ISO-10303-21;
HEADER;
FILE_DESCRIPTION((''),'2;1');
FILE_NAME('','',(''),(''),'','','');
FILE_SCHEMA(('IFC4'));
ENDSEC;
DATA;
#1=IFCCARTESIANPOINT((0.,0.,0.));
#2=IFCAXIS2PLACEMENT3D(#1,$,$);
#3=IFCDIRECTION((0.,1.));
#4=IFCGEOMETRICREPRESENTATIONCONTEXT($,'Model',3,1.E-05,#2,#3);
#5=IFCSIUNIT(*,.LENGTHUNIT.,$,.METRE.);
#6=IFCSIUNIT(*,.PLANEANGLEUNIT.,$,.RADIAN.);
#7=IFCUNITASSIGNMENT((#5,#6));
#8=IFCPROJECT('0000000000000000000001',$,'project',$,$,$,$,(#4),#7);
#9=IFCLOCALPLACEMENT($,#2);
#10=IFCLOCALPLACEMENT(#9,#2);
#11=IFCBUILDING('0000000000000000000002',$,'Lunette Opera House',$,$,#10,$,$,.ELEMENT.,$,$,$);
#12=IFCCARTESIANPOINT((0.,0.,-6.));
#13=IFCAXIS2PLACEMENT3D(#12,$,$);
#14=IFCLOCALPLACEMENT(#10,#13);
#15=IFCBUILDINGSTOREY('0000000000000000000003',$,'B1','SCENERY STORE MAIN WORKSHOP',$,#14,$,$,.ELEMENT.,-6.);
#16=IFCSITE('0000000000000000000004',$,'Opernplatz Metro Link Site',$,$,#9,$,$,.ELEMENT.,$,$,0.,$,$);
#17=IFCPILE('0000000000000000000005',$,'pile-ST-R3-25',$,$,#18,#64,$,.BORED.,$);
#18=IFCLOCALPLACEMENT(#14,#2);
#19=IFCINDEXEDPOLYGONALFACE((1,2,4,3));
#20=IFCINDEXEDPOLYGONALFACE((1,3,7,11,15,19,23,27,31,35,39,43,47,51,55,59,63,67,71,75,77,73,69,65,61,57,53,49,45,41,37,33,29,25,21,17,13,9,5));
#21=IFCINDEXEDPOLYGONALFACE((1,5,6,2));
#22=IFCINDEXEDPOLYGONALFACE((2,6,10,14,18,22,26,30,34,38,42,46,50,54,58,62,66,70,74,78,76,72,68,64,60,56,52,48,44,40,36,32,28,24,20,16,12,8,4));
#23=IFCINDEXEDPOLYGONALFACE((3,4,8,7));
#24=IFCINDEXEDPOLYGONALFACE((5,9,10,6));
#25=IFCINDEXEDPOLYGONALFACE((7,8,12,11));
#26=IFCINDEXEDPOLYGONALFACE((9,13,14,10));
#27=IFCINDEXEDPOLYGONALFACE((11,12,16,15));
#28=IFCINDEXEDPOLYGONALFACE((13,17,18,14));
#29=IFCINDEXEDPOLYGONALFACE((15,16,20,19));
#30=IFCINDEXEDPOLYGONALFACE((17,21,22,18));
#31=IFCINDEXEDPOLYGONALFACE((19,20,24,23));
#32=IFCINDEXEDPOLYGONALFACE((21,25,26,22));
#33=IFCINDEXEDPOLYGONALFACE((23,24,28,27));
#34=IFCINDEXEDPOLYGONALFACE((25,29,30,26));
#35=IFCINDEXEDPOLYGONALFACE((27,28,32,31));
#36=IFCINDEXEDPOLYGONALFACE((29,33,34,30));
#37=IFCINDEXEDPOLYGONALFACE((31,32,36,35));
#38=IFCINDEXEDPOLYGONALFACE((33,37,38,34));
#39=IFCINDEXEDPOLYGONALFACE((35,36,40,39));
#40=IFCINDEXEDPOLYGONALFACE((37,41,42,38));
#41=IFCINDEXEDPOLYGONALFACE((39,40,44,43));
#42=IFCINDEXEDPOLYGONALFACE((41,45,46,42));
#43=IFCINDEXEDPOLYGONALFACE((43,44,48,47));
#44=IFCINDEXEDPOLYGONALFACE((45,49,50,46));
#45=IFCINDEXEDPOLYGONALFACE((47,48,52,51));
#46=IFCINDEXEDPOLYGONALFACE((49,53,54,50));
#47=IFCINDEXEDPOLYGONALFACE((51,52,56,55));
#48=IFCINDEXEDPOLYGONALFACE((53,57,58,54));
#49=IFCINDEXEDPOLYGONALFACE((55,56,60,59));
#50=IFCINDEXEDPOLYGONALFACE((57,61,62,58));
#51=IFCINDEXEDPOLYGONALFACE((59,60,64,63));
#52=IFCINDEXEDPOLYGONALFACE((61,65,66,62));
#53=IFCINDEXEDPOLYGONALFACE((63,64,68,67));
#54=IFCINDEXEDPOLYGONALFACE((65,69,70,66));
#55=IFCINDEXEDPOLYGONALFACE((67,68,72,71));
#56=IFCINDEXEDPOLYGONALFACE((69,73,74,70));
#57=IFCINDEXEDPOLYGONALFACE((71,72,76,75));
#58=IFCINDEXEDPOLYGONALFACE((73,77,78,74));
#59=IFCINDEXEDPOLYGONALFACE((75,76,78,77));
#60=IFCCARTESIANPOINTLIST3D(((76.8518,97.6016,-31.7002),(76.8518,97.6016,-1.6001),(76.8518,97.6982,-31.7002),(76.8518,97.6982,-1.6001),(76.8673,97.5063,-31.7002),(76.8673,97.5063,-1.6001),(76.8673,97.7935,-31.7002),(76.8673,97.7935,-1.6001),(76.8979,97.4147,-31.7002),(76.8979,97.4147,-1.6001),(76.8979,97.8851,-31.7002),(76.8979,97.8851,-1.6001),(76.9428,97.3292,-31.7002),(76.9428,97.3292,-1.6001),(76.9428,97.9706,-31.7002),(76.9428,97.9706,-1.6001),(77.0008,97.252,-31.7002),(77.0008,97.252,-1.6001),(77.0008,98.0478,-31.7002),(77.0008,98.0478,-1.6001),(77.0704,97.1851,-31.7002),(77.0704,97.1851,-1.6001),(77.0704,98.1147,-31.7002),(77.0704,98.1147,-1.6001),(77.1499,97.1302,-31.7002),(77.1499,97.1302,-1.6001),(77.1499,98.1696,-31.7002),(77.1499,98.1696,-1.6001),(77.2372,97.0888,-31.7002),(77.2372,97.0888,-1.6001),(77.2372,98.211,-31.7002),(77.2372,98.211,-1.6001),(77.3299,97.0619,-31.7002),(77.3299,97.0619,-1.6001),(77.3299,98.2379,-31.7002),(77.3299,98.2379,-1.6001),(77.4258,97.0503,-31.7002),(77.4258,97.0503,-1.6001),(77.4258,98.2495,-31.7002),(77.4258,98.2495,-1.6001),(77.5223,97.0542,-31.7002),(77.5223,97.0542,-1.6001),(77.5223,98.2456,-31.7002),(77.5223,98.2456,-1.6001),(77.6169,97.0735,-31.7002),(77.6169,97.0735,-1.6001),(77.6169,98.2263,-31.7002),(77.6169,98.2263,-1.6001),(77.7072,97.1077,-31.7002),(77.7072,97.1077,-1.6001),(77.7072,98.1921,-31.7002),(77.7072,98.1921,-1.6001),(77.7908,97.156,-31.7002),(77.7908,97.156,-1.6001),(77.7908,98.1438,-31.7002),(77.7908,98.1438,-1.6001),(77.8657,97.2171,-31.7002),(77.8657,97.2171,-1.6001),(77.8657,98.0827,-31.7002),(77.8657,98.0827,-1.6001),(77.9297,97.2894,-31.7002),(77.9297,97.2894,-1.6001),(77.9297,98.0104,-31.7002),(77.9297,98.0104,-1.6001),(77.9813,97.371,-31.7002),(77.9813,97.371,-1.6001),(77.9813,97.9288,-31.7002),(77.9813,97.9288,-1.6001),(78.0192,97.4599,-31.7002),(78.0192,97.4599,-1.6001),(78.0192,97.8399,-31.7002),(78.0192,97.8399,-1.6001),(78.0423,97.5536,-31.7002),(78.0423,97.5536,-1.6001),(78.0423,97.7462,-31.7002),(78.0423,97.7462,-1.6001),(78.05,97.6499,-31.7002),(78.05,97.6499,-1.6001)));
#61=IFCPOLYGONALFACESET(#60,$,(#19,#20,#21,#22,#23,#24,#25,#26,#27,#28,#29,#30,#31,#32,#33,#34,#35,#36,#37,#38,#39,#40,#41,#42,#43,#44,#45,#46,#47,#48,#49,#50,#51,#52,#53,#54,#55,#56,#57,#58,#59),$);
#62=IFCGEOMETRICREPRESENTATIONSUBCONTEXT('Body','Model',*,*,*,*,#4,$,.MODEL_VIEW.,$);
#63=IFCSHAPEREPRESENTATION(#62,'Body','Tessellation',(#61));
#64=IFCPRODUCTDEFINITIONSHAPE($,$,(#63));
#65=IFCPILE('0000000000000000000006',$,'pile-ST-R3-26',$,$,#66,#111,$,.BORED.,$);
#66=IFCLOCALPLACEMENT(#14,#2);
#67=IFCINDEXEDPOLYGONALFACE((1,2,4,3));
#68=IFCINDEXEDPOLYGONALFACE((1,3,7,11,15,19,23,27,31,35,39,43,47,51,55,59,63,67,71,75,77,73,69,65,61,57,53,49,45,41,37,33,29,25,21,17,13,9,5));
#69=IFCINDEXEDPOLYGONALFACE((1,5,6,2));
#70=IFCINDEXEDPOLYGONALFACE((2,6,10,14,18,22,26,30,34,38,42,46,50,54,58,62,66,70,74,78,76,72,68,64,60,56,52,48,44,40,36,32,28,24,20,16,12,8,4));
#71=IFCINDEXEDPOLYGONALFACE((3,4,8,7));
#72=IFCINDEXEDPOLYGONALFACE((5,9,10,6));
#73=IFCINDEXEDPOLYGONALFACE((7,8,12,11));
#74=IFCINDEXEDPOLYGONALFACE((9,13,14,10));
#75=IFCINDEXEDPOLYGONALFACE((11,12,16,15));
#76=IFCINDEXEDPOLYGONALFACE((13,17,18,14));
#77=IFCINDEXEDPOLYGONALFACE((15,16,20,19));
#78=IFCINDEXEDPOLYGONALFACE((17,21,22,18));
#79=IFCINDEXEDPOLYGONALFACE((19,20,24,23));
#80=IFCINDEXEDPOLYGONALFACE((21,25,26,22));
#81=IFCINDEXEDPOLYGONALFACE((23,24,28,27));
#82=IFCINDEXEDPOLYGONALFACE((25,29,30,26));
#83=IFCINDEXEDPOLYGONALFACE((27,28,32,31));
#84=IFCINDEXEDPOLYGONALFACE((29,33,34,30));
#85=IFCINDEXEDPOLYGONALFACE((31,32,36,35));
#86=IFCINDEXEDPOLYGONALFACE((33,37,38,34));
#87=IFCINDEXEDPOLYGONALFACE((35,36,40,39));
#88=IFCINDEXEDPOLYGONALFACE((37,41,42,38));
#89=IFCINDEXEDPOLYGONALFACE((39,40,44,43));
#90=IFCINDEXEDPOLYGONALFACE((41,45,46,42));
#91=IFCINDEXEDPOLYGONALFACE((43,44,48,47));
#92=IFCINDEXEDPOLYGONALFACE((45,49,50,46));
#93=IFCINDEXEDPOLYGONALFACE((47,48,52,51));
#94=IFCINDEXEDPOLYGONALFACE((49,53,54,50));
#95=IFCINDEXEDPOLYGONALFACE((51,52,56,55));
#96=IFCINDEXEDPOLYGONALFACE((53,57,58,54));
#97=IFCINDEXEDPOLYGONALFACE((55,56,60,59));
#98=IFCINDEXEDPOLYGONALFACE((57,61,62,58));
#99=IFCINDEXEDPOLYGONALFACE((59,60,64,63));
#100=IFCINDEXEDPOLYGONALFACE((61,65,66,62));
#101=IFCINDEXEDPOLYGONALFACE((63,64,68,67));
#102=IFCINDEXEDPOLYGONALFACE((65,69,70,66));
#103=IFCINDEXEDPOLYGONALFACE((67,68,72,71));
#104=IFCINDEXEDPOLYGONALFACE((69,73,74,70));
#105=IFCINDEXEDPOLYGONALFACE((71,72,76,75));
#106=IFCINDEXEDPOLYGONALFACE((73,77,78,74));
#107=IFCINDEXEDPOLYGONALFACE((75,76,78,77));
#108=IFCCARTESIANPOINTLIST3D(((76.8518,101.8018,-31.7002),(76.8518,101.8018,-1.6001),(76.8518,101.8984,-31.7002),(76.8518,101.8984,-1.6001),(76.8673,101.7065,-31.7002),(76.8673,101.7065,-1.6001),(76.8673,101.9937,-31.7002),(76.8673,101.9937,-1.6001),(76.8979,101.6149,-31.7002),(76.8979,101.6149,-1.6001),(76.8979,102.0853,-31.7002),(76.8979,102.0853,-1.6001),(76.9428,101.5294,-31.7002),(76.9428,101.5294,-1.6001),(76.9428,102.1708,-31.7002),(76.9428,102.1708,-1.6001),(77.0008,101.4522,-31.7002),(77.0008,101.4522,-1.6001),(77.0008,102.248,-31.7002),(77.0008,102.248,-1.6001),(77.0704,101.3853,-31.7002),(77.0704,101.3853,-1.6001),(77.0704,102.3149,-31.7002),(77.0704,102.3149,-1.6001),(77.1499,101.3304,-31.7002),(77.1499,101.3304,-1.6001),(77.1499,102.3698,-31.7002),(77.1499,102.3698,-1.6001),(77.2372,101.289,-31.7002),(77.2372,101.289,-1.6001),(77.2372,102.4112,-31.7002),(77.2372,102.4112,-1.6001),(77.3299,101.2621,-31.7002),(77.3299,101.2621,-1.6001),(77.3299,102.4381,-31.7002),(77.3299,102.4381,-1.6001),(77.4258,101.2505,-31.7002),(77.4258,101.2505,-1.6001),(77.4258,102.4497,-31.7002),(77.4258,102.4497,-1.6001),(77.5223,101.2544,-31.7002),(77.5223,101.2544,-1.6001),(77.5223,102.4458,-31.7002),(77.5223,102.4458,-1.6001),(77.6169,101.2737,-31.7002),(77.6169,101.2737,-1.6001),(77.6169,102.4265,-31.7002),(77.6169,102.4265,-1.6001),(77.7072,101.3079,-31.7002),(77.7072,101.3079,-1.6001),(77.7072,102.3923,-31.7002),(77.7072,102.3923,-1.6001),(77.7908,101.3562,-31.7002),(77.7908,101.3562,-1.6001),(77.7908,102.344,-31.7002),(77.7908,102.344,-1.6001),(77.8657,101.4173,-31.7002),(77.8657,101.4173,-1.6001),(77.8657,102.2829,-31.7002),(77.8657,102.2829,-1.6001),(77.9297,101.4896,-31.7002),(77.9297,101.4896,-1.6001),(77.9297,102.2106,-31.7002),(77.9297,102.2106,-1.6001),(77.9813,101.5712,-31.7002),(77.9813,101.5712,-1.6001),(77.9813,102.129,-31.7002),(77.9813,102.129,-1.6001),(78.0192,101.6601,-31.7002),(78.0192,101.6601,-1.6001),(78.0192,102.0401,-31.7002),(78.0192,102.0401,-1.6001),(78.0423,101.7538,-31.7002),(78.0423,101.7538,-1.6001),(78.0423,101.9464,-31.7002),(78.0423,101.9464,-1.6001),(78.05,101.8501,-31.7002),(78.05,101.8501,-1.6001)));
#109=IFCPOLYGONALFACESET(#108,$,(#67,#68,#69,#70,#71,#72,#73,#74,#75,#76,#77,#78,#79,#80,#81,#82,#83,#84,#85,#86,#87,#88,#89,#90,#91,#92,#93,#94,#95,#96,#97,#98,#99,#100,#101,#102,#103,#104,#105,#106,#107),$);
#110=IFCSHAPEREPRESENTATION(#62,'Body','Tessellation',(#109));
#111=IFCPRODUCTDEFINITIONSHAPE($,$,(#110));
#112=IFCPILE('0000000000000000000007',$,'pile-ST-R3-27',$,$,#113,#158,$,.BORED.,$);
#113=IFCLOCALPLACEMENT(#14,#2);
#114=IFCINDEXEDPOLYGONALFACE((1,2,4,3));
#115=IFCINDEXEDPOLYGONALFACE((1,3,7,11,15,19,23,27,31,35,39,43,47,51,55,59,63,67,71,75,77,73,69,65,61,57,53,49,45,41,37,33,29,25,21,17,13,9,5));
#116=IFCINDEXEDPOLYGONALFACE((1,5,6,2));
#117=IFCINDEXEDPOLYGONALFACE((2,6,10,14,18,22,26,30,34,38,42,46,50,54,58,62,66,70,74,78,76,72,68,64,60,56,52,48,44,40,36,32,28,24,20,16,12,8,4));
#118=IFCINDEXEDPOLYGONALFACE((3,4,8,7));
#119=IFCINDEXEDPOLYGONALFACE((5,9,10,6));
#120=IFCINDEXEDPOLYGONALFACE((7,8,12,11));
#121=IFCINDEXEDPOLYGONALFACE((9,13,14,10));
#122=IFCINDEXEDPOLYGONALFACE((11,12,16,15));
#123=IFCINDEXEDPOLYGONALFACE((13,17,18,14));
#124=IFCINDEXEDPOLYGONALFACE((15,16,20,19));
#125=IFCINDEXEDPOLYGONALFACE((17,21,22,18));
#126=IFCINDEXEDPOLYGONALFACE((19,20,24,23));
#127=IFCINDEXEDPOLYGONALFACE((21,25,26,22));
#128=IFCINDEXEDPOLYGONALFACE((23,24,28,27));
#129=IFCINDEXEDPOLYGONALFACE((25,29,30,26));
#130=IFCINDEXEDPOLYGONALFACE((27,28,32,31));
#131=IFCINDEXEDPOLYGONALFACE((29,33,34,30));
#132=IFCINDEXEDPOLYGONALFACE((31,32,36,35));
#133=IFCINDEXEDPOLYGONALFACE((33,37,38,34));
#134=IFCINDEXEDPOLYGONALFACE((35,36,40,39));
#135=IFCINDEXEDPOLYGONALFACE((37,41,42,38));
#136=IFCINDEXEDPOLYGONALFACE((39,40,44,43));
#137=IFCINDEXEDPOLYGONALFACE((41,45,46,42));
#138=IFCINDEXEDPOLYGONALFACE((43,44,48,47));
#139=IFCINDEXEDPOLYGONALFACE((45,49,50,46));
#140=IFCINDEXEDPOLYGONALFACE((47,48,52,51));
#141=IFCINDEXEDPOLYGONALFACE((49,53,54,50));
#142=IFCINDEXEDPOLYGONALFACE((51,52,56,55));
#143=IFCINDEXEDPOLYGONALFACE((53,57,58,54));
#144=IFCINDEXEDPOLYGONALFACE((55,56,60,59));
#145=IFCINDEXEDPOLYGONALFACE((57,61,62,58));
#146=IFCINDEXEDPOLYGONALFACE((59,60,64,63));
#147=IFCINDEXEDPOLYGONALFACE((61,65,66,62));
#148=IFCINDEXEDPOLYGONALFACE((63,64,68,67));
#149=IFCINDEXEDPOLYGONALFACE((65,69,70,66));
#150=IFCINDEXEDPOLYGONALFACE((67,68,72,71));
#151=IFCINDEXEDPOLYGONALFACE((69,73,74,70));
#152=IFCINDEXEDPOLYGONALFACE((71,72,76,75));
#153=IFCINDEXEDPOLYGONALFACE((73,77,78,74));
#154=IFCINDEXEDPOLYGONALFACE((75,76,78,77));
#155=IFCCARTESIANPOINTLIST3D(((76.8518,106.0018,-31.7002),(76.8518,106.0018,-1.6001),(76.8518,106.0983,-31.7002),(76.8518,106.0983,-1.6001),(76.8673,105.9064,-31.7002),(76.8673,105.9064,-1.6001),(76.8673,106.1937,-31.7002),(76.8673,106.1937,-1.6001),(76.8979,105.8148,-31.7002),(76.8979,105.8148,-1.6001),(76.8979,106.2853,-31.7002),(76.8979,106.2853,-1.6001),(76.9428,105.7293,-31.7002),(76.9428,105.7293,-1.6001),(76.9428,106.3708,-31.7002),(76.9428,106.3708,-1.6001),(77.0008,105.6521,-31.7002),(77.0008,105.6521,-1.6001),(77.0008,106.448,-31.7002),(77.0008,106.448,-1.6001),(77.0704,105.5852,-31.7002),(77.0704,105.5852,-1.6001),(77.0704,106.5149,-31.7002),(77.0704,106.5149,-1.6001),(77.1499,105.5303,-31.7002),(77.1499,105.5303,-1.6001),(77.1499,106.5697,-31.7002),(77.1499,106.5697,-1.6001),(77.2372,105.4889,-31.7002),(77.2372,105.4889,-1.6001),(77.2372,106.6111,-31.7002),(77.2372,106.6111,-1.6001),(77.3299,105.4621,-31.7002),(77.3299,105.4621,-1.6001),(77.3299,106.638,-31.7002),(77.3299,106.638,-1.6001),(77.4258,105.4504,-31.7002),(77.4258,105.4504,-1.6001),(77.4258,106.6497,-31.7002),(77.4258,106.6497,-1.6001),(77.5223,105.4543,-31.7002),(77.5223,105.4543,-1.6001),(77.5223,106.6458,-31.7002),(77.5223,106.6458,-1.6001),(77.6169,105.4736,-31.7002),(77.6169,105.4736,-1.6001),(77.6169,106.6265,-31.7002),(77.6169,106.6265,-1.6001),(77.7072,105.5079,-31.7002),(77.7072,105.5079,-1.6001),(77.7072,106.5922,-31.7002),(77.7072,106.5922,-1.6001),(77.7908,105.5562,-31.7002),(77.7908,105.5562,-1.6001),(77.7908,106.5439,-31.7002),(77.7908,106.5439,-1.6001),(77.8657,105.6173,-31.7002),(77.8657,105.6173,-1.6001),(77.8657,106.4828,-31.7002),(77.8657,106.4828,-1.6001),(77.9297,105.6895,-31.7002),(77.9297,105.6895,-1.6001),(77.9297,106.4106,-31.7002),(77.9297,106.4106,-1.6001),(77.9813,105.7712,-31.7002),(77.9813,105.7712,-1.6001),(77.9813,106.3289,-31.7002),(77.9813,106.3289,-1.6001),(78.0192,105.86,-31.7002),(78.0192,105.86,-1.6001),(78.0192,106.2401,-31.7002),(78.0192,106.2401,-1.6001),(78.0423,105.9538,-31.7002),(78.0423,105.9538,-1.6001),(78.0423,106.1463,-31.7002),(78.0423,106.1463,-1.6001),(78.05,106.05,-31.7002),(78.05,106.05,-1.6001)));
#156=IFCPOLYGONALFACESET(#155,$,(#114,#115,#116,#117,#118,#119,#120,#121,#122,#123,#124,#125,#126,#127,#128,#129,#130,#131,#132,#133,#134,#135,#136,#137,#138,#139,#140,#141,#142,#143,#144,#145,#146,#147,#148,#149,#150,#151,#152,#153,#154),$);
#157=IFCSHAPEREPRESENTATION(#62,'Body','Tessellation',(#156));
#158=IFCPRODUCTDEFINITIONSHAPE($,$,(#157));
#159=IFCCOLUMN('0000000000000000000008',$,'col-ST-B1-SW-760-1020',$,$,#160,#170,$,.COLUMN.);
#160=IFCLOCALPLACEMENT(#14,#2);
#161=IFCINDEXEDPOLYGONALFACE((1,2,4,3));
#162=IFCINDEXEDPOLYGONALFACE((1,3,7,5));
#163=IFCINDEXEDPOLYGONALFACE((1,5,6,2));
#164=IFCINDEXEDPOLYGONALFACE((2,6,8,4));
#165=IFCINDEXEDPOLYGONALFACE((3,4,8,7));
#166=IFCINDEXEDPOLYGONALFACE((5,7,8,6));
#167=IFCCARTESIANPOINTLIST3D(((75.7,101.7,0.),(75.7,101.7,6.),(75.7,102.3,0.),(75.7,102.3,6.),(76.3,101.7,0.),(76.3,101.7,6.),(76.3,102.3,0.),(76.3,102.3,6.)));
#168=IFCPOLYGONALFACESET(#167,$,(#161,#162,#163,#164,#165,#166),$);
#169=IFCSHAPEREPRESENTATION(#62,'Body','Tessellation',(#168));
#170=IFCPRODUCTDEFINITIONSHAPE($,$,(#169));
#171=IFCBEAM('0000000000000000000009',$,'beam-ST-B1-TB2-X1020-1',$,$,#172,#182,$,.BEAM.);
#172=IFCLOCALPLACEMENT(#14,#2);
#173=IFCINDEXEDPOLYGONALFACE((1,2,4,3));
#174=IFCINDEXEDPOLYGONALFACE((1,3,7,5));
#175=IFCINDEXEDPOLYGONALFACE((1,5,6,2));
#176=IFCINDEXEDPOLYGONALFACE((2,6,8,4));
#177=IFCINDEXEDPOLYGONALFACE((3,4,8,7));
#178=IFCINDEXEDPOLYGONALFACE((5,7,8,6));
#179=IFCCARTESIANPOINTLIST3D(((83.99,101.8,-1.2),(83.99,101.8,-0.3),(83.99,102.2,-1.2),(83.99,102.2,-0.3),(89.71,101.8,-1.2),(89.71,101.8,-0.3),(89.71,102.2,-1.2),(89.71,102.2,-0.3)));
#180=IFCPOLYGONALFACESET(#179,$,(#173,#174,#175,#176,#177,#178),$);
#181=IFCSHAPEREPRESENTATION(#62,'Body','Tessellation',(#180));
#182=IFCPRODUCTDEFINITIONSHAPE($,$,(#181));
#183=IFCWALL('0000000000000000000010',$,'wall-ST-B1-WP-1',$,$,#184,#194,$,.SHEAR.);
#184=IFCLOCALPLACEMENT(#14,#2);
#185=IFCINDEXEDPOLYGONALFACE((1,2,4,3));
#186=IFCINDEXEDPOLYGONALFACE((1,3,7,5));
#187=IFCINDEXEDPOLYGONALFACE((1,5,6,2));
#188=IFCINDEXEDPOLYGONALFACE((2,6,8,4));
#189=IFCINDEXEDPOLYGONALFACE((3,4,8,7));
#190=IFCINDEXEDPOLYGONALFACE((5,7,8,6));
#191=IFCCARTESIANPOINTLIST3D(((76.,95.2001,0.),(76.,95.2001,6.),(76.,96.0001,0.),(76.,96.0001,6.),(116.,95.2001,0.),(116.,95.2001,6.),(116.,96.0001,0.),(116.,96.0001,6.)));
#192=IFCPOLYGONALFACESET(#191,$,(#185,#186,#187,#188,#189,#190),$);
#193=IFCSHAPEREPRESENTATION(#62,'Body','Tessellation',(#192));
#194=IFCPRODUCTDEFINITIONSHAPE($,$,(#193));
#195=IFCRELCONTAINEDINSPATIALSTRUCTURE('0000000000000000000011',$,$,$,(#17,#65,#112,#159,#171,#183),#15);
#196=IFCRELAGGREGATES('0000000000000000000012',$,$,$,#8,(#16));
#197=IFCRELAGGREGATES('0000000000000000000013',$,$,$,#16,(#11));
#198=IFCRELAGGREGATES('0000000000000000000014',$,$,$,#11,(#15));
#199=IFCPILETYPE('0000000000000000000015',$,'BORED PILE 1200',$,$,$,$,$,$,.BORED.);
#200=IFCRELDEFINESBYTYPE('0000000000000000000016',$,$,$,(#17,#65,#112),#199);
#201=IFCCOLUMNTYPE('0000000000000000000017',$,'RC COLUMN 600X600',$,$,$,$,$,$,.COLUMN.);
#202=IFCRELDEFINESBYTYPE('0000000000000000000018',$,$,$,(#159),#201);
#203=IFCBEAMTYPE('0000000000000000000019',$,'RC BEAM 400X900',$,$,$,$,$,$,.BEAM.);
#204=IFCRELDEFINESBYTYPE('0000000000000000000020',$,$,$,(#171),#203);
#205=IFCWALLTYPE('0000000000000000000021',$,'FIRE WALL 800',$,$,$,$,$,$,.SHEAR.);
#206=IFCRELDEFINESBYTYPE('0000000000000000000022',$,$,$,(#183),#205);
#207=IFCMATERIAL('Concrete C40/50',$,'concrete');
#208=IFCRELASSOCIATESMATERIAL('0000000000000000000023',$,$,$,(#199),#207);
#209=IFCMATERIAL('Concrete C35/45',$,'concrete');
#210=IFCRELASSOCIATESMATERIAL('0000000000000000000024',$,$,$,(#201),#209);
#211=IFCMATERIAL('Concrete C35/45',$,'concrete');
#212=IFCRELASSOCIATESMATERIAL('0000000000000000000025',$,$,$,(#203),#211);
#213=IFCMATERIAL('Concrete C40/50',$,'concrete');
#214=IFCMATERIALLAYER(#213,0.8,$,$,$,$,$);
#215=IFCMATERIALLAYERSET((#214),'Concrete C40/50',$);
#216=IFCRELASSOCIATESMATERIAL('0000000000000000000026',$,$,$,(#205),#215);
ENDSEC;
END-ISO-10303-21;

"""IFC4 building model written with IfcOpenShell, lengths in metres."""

from ifc_helpers import new_model, si_unit, direction, frame, frame_2d, origin, origin_2d, place, context, subcontext, project, spatial, rectangle, circle, extrude, material, layer, layer_set, material_profile, profile_set, type_object, element, save


model = new_model("IFC4")

# Units and contexts
model_context = context("Model", 3, precision=1e-05, world=origin(), true_north=direction((0.0, 1.0)))
body_context = subcontext(model_context, "Body", "Model", "MODEL_VIEW")
ifc_project = project(units=[si_unit("LENGTHUNIT", "METRE"), si_unit("PLANEANGLEUNIT", "RADIAN")], contexts=[model_context])

# Site, building, storey
site_placement = place(None, origin())
site = spatial("IfcSite", under=ifc_project, at=site_placement, Name="Opernplatz Metro Link Site", CompositionType="ELEMENT", RefElevation=0.0)
building_placement = place(site_placement, origin())
building = spatial("IfcBuilding", under=site, at=building_placement, Name="Lunette Opera House", CompositionType="ELEMENT")
storey_placement = place(building_placement, frame((0.0, 0.0, -6.0)))
storey = spatial("IfcBuildingStorey", under=building, at=storey_placement, Name="B1", Description="SCENERY STORE MAIN WORKSHOP", CompositionType="ELEMENT", Elevation=-6.0)

# Piles
ifc_material_1 = material(Name="Concrete C40/50", Category="concrete")
ifc_material_profile_1 = material_profile(ifc_material_1, circle(Radius=0.6001, at=origin_2d()), Name="BORED PILE 1200")
ifc_profile_set_1 = profile_set([ifc_material_profile_1], Name="Concrete C40/50")
pile_type = type_object("IfcPileType", Name="BORED PILE 1200", PredefinedType="BORED", material=ifc_profile_set_1)
for number, where, z_axis, x_axis, name in (
    (1, (77.45, 97.6499, -1.6001), (0.0, 0.0, -1.0), (1.0, 0.0, 0.0), "pile-ST-R3-25"),
    (2, (77.45, 101.8501, -1.6001), (0.0, 0.0, -1.0), (1.0, 0.0, 0.0), "pile-ST-R3-26"),
    (3, (77.45, 106.05, -1.6001), (0.0, 0.0, -1.0), (1.0, 0.0, 0.0), "pile-ST-R3-27"),
):
    element("IfcPile", number, at=place(storey_placement, frame(where, z_axis=z_axis, x_axis=x_axis)), inside=storey, type_object=pile_type, Name=name, PredefinedType="BORED", context=body_context, shape_type="SweptSolid", body=[
        extrude(circle(Radius=0.6001, at=origin_2d()), origin(), (0.0, 0.0, 1.0), 30.1001),
    ])

# Column
ifc_material_2 = material(Name="Concrete C35/45", Category="concrete")
ifc_material_profile_2 = material_profile(ifc_material_2, rectangle(XDim=0.6001, YDim=0.6001, at=origin_2d()), Name="RC COLUMN 600X600")
ifc_profile_set_2 = profile_set([ifc_material_profile_2], Name="Concrete C35/45")
column_type = type_object("IfcColumnType", Name="RC COLUMN 600X600", PredefinedType="COLUMN", material=ifc_profile_set_2)
column_placement = place(storey_placement, frame((76.0, 102.0, 0.0), z_axis=(0.0, 0.0, 1.0), x_axis=(1.0, 0.0, 0.0)))
element("IfcColumn", 4, at=column_placement, inside=storey, type_object=column_type, Name="col-ST-B1-SW-760-1020", PredefinedType="COLUMN", context=body_context, shape_type="SweptSolid", body=[
    extrude(rectangle(XDim=0.6001, YDim=0.6001, at=origin_2d()), origin(), (0.0, 0.0, 1.0), 6.0),
])

# Beam
ifc_material_3 = material(Name="Concrete C35/45", Category="concrete")
ifc_material_profile_3 = material_profile(ifc_material_3, rectangle(XDim=0.3999, YDim=0.8999, at=origin_2d()), Name="RC BEAM 400X900")
ifc_profile_set_3 = profile_set([ifc_material_profile_3], Name="Concrete C35/45")
beam_type = type_object("IfcBeamType", Name="RC BEAM 400X900", PredefinedType="BEAM", material=ifc_profile_set_3)
beam_placement = place(storey_placement, frame((83.99, 102.0, -0.75), z_axis=(1.0, 0.0, 0.0), x_axis=(0.0, 1.0, 0.0)))
element("IfcBeam", 5, at=beam_placement, inside=storey, type_object=beam_type, Name="beam-ST-B1-TB2-X1020-1", PredefinedType="BEAM", context=body_context, shape_type="SweptSolid", body=[
    extrude(rectangle(XDim=0.3999, YDim=0.8999, at=origin_2d()), origin(), (0.0, 0.0, 1.0), 5.72),
])

# Wall
ifc_material_4 = material(Name="Concrete C40/50", Category="concrete")
ifc_layer_1 = layer(ifc_material_4, 0.8)
ifc_layer_set_1 = layer_set([ifc_layer_1], Name="Concrete C40/50")
wall_type_1 = type_object("IfcWallType", Name="FIRE WALL 800", PredefinedType="SHEAR", material=ifc_layer_set_1)
wall_1_placement = place(storey_placement, frame((76.0, 95.6001, 0.0), z_axis=(0.0, 0.0, 1.0), x_axis=(1.0, 0.0, 0.0)))
element("IfcWall", 6, at=wall_1_placement, inside=storey, type_object=wall_type_1, Name="wall-ST-B1-WP-1", PredefinedType="SHEAR", context=body_context, shape_type="SweptSolid", body=[
    extrude(rectangle(XDim=40.0, YDim=0.8, at=frame_2d((20.0, 0.0))), origin(), (0.0, 0.0, 1.0), 6.0),
])

save(model, "model.ifc")
